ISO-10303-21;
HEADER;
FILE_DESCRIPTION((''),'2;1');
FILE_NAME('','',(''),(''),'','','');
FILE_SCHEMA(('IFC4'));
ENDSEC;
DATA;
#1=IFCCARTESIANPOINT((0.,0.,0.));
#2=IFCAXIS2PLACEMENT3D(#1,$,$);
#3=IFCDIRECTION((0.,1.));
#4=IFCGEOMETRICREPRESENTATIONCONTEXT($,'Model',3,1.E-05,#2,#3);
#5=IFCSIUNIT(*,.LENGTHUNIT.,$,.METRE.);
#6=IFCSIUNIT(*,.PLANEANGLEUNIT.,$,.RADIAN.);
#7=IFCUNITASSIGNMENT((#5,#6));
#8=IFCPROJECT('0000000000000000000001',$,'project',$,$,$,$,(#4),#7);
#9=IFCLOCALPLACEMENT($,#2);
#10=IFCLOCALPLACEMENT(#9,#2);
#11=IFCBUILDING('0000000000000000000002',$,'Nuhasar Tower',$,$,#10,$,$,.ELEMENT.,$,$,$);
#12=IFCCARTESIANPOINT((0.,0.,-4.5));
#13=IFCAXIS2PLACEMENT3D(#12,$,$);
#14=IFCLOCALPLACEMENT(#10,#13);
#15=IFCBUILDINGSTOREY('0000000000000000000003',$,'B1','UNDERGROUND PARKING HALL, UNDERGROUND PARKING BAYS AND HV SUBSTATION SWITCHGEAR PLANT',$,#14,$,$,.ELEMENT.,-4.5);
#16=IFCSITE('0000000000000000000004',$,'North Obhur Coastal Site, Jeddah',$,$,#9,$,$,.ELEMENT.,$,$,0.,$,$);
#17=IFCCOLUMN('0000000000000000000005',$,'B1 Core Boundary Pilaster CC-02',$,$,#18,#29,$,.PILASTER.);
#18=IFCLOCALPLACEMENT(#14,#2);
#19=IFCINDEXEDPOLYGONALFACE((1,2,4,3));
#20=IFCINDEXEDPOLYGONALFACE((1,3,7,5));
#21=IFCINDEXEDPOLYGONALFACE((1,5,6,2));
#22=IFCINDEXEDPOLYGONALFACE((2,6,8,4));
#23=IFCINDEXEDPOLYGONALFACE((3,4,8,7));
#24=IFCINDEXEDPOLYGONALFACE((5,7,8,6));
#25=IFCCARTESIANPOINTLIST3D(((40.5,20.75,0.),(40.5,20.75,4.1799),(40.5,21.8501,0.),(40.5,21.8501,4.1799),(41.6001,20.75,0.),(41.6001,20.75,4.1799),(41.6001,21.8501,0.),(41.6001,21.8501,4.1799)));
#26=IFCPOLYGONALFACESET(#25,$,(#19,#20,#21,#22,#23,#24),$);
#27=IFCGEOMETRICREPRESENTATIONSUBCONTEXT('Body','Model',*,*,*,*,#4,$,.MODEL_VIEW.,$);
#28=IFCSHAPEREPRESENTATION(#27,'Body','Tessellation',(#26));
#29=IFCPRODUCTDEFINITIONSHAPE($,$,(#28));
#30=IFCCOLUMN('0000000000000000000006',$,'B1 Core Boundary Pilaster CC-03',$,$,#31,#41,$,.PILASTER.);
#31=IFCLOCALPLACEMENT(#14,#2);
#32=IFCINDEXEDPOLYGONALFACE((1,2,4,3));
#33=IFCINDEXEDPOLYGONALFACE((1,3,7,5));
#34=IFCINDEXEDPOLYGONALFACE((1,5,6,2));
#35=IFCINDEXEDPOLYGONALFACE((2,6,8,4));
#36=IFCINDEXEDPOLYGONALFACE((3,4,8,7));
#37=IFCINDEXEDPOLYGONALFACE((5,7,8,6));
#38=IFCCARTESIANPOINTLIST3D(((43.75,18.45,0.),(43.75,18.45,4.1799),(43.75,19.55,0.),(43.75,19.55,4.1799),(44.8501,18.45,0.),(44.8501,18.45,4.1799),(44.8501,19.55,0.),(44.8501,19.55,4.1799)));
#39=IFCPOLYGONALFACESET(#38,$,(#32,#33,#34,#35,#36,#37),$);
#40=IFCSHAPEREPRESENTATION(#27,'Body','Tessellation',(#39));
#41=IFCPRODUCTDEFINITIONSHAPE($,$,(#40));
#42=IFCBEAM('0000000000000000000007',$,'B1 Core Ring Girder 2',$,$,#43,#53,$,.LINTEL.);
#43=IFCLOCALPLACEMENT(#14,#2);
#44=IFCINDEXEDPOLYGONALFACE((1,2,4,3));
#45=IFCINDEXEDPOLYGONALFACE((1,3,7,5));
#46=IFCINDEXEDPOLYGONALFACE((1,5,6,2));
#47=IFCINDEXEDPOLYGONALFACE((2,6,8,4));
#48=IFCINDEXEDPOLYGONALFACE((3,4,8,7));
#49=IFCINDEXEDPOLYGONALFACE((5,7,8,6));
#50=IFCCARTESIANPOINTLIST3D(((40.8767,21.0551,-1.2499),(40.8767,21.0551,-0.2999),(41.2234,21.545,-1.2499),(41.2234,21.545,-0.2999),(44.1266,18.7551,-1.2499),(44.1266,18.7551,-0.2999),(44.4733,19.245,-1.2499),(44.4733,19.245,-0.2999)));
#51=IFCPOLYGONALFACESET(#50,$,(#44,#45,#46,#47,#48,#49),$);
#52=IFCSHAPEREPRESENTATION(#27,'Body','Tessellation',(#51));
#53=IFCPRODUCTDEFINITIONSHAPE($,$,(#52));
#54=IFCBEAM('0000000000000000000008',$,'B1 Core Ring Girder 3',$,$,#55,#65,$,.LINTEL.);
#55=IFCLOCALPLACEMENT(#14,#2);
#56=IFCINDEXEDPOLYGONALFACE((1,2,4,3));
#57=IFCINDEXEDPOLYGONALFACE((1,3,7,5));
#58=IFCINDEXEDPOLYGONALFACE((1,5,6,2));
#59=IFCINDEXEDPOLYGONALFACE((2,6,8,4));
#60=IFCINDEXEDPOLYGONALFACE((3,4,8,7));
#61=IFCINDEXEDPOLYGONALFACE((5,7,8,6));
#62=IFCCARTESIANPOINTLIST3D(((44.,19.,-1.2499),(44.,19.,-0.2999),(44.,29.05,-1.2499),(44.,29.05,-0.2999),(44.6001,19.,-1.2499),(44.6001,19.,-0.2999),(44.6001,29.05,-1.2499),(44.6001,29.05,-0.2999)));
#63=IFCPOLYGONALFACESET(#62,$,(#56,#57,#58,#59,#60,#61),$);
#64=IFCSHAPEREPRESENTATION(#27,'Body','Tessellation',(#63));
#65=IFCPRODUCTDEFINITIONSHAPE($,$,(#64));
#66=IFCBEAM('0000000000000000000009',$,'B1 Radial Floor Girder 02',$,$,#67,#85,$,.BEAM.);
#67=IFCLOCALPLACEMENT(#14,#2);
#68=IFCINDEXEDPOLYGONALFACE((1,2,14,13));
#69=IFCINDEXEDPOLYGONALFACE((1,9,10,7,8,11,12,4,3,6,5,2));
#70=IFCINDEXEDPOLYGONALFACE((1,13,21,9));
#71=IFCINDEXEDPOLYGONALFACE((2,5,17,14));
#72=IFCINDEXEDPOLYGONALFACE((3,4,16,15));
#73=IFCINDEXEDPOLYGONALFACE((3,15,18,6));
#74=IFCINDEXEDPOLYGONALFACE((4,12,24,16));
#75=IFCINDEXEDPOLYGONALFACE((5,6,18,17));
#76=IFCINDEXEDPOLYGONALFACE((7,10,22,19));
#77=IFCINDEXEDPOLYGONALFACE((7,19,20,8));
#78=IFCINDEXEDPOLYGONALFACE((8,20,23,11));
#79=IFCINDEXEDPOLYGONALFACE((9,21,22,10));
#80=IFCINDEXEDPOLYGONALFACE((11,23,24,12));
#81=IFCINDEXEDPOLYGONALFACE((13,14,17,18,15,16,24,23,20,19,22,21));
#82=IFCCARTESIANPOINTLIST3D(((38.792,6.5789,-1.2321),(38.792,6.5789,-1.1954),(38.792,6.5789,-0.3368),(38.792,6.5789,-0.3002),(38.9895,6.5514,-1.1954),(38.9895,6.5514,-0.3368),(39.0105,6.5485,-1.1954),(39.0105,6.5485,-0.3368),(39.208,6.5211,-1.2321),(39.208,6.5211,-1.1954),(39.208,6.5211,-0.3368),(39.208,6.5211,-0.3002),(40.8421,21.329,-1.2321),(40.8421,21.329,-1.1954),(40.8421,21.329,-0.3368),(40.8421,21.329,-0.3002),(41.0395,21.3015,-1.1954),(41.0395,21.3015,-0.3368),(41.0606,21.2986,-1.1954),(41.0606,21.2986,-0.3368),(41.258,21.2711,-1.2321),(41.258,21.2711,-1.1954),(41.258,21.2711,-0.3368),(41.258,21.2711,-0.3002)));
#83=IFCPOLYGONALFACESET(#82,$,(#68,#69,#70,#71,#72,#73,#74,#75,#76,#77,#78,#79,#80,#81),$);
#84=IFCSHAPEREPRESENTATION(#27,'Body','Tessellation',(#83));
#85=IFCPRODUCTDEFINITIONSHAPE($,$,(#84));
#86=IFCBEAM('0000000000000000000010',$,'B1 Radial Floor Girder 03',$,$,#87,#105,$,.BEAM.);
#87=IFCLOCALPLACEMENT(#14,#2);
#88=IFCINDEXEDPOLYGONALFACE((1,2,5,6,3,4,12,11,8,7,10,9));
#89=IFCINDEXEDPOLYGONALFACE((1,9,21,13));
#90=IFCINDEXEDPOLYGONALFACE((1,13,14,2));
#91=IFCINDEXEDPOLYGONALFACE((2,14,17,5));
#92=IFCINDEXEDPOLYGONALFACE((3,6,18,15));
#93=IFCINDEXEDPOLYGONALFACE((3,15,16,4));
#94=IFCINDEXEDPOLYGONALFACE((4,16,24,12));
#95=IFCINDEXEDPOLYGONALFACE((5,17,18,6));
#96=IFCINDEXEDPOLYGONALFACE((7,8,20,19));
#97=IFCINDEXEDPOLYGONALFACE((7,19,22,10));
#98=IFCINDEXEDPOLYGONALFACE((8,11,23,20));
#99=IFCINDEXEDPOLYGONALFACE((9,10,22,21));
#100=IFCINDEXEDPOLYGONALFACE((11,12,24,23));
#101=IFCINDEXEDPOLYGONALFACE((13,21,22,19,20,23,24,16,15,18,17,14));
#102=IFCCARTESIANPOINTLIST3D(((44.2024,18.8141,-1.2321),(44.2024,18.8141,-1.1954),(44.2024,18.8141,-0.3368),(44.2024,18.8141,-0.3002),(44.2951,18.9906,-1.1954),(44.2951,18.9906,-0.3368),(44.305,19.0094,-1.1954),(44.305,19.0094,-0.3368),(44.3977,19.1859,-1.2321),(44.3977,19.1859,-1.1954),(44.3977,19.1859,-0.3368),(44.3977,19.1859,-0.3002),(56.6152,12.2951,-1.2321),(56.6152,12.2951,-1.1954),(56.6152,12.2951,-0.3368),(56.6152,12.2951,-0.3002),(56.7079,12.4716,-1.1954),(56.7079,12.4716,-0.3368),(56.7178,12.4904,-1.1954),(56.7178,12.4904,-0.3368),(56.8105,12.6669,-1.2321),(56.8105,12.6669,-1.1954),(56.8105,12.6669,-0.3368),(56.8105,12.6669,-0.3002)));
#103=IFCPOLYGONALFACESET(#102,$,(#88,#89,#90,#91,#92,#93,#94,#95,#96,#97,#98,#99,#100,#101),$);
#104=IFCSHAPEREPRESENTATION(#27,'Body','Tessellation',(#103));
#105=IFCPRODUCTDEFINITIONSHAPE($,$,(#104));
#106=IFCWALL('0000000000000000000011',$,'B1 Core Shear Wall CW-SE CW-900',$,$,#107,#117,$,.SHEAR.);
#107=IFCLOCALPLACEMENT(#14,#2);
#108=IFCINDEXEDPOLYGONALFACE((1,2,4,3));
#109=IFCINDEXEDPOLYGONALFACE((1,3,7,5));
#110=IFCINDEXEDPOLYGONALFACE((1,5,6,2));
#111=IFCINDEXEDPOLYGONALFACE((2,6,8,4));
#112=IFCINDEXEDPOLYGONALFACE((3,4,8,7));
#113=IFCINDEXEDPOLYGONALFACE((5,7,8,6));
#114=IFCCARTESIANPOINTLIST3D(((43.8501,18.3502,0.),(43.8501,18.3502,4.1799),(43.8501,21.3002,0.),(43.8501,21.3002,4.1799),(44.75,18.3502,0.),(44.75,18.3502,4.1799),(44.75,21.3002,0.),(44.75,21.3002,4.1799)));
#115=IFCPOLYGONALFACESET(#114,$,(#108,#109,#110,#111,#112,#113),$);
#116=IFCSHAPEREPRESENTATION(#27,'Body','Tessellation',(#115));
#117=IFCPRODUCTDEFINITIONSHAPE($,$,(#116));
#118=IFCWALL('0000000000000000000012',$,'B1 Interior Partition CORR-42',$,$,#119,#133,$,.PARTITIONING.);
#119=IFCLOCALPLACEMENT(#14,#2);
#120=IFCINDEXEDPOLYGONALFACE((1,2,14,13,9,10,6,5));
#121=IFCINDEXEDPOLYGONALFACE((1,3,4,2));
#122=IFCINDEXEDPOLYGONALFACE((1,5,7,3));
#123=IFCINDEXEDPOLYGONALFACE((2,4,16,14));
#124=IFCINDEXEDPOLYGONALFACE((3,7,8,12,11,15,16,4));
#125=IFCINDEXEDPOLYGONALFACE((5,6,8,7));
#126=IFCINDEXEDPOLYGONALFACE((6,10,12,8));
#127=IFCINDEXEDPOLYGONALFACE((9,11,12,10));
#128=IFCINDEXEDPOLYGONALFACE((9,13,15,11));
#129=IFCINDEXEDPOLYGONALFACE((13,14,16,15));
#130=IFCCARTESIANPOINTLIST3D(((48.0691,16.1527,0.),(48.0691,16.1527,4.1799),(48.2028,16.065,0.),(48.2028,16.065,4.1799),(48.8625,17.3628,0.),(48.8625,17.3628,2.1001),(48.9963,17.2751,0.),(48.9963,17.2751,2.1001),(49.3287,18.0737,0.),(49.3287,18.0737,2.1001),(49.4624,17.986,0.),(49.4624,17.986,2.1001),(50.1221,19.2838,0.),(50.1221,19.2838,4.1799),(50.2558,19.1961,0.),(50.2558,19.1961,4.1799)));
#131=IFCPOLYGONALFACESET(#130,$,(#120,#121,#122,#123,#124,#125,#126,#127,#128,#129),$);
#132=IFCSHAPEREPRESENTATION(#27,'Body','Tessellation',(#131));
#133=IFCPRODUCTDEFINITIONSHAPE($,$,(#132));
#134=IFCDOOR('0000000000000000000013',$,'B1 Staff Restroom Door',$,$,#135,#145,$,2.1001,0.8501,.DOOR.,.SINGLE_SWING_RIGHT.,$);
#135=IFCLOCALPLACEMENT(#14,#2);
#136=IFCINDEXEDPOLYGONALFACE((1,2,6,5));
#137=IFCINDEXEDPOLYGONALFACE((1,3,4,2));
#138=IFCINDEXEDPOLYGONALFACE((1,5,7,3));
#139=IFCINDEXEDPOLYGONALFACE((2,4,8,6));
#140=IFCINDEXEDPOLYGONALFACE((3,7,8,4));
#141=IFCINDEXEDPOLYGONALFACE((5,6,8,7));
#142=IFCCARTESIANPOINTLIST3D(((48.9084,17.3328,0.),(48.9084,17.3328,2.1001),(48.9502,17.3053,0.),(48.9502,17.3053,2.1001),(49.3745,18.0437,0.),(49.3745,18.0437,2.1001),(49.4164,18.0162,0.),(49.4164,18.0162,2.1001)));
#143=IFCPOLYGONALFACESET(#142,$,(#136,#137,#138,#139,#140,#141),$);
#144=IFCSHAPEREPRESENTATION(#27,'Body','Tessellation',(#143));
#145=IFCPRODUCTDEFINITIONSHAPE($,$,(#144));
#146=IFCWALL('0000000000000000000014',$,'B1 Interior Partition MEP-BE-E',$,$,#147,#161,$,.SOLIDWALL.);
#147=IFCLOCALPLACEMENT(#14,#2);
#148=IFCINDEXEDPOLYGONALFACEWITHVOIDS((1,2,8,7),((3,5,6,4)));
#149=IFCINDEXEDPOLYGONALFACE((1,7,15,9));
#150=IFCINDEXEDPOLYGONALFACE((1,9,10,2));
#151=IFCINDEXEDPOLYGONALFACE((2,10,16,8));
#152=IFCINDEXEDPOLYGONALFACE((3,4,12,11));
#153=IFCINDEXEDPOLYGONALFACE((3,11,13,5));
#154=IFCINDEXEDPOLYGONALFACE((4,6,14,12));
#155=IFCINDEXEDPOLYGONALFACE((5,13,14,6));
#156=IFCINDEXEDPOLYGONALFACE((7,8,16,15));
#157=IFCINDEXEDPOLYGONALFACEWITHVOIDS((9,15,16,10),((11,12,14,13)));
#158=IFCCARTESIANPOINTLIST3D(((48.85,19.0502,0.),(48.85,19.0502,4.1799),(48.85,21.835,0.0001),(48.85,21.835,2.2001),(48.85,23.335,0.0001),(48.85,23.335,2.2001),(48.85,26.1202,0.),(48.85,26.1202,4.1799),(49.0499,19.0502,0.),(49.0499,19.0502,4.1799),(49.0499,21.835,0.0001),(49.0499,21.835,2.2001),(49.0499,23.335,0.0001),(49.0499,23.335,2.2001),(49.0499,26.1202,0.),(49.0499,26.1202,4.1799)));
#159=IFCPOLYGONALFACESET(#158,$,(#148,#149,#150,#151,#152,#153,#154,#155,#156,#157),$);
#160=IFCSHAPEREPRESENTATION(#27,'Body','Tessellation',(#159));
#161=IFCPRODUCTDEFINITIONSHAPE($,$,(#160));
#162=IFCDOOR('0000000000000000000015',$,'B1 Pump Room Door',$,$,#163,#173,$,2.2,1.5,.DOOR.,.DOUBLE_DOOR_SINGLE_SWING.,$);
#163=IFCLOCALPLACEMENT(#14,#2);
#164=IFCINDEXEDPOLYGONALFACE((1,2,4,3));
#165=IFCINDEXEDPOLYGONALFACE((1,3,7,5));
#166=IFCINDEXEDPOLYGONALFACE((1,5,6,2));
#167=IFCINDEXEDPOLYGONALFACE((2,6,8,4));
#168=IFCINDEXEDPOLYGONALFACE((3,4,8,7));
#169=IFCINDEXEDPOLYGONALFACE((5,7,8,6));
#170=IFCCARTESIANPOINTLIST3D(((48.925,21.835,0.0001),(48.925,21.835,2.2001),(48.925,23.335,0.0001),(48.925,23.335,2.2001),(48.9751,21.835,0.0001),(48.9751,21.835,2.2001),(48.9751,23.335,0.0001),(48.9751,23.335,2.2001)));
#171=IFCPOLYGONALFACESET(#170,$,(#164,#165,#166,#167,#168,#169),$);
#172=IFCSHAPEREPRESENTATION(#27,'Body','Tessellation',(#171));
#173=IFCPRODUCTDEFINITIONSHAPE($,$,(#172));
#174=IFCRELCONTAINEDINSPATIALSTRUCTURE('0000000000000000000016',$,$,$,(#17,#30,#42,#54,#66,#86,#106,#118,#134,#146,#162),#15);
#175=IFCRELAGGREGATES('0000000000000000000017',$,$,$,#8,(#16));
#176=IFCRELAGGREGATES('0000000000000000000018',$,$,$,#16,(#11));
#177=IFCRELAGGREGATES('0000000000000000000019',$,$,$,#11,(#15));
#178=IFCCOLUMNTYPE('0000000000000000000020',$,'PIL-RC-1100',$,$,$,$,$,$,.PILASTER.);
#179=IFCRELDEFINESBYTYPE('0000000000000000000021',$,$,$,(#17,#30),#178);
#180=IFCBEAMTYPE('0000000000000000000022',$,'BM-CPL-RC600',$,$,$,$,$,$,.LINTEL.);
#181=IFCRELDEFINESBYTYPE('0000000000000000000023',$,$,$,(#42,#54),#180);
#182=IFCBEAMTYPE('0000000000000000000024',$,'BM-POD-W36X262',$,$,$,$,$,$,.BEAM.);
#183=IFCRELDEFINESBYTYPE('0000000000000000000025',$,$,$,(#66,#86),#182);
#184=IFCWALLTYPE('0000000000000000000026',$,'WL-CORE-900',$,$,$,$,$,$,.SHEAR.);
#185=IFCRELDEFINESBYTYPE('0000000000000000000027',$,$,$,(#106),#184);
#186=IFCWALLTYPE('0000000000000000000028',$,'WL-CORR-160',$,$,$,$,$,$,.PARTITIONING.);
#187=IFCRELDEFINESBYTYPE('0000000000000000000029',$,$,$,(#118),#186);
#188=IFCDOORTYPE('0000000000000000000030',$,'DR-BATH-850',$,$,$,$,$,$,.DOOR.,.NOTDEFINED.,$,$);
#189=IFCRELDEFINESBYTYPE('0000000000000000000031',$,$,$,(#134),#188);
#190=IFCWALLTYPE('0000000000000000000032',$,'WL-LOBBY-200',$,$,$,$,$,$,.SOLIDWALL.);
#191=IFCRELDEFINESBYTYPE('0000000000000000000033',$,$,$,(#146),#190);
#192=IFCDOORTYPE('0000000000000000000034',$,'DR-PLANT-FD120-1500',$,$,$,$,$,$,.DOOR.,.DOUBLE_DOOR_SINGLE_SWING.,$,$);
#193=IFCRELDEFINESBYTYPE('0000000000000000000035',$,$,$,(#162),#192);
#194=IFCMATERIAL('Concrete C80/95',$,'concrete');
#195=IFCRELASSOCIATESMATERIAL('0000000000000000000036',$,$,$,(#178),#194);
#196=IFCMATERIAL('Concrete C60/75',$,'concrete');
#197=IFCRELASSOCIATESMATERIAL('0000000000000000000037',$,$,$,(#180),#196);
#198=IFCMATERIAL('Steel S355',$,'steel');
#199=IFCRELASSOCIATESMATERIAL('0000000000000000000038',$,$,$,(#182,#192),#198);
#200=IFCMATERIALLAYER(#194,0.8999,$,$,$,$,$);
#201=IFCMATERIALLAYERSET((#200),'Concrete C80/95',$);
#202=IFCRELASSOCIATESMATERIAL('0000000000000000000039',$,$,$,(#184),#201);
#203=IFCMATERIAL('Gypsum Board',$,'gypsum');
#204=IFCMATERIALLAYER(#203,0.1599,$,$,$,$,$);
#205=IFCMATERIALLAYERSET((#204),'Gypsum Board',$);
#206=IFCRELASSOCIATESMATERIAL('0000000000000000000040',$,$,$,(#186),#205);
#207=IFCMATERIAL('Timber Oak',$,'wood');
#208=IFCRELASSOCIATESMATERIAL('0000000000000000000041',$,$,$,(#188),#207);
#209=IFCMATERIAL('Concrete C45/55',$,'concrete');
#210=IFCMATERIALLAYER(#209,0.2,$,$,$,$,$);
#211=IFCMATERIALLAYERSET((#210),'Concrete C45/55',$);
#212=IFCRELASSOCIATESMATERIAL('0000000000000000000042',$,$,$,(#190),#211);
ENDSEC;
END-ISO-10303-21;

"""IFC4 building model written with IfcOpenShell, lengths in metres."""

from ifc_helpers import new_model, si_unit, direction, frame, frame_2d, origin, origin_2d, place, context, subcontext, project, spatial, rectangle, i_section, extrude, material, layer, layer_set, material_profile, profile_set, type_object, element, fill, save


model = new_model("IFC4")

# Units and contexts
model_context = context("Model", 3, precision=1e-05, world=origin(), true_north=direction((0.0, 1.0)))
body_context = subcontext(model_context, "Body", "Model", "MODEL_VIEW")
ifc_project = project(units=[si_unit("LENGTHUNIT", "METRE"), si_unit("PLANEANGLEUNIT", "RADIAN")], contexts=[model_context])

# Site, building, storey
site_placement = place(None, origin())
site = spatial("IfcSite", under=ifc_project, at=site_placement, Name="North Obhur Coastal Site, Jeddah", CompositionType="ELEMENT", RefElevation=0.0)
building_placement = place(site_placement, origin())
building = spatial("IfcBuilding", under=site, at=building_placement, Name="Nuhasar Tower", CompositionType="ELEMENT")
storey_placement = place(building_placement, frame((0.0, 0.0, -4.5)))
storey = spatial("IfcBuildingStorey", under=building, at=storey_placement, Name="B1", Description="UNDERGROUND PARKING HALL, UNDERGROUND PARKING BAYS AND HV SUBSTATION SWITCHGEAR PLANT", CompositionType="ELEMENT", Elevation=-4.5)

# Columns
ifc_material_1 = material(Name="Concrete C80/95", Category="concrete")
ifc_material_profile_1 = material_profile(ifc_material_1, rectangle(XDim=1.1001, YDim=1.1001, at=origin_2d()), Name="RC1100X1100")
ifc_profile_set_1 = profile_set([ifc_material_profile_1], Name="Concrete C80/95")
column_type = type_object("IfcColumnType", Name="PIL-RC-1100", PredefinedType="PILASTER", material=ifc_profile_set_1)
for number, where, z_axis, x_axis, name in (
    (1, (41.05, 21.3, 0.0), (0.0, 0.0, 1.0), (1.0, 0.0, 0.0), "B1 Core Boundary Pilaster CC-02"),
    (2, (44.3, 19.0, 0.0), (0.0, 0.0, 1.0), (1.0, 0.0, 0.0), "B1 Core Boundary Pilaster CC-03"),
):
    element("IfcColumn", number, at=place(storey_placement, frame(where, z_axis=z_axis, x_axis=x_axis)), inside=storey, type_object=column_type, Name=name, PredefinedType="PILASTER", context=body_context, shape_type="SweptSolid", body=[
        extrude(rectangle(XDim=1.1001, YDim=1.1001, at=origin_2d()), origin(), (0.0, 0.0, 1.0), 4.1799),
    ])

# Beams
ifc_material_2 = material(Name="Concrete C60/75", Category="concrete")
ifc_material_profile_2 = material_profile(ifc_material_2, rectangle(XDim=0.6001, YDim=0.95, at=origin_2d()), Name="RC600X950")
ifc_profile_set_2 = profile_set([ifc_material_profile_2], Name="Concrete C60/75")
beam_type_1 = type_object("IfcBeamType", Name="BM-CPL-RC600", PredefinedType="LINTEL", material=ifc_profile_set_2)
beam_1_placement = place(storey_placement, frame((41.05, 21.3, -0.7749), z_axis=(0.816265, -0.577677, 0.0), x_axis=(0.577677, 0.816265, 0.0)))
element("IfcBeam", 3, at=beam_1_placement, inside=storey, type_object=beam_type_1, Name="B1 Core Ring Girder 2", PredefinedType="LINTEL", context=body_context, shape_type="SweptSolid", body=[
    extrude(rectangle(XDim=0.6001, YDim=0.95, at=origin_2d()), origin(), (0.0, 0.0, 1.0), 3.9814),
])
beam_2_placement = place(storey_placement, frame((44.3, 19.0, -0.7749), z_axis=(0.0, 1.0, 0.0), x_axis=(-1.0, 0.0, 0.0)))
element("IfcBeam", 4, at=beam_2_placement, inside=storey, type_object=beam_type_1, Name="B1 Core Ring Girder 3", PredefinedType="LINTEL", context=body_context, shape_type="SweptSolid", body=[
    extrude(rectangle(XDim=0.6001, YDim=0.95, at=origin_2d()), origin(), (0.0, 0.0, 1.0), 10.05),
])
ifc_material_3 = material(Name="Steel S355", Category="steel")
ifc_material_profile_3 = material_profile(ifc_material_3, i_section(OverallWidth=0.4199, OverallDepth=0.9319, WebThickness=0.0212, FlangeThickness=0.0366, at=origin_2d()), Name="W36X262")
ifc_profile_set_3 = profile_set([ifc_material_profile_3], Name="Steel S355")
beam_type_2 = type_object("IfcBeamType", Name="BM-POD-W36X262", PredefinedType="BEAM", material=ifc_profile_set_3)
beam_3_placement = place(storey_placement, frame((41.05, 21.3, -0.7661), z_axis=(-0.137663, -0.990479, 0.0), x_axis=(0.990479, -0.137663, 0.0)))
element("IfcBeam", 5, at=beam_3_placement, inside=storey, type_object=beam_type_2, Name="B1 Radial Floor Girder 02", PredefinedType="BEAM", context=body_context, shape_type="SweptSolid", body=[
    extrude(i_section(OverallWidth=0.4199, OverallDepth=0.9319, WebThickness=0.0212, FlangeThickness=0.0366, at=origin_2d()), origin(), (0.0, 0.0, 1.0), 14.8918),
])
beam_4_placement = place(storey_placement, frame((44.3, 19.0, -0.7661), z_axis=(0.88533, -0.464963, 0.0), x_axis=(0.464963, 0.88533, 0.0)))
element("IfcBeam", 6, at=beam_4_placement, inside=storey, type_object=beam_type_2, Name="B1 Radial Floor Girder 03", PredefinedType="BEAM", context=body_context, shape_type="SweptSolid", body=[
    extrude(i_section(OverallWidth=0.4199, OverallDepth=0.9319, WebThickness=0.0212, FlangeThickness=0.0366, at=origin_2d()), origin(), (0.0, 0.0, 1.0), 14.0205),
])

# Wall
ifc_layer_1 = layer(ifc_material_1, 0.8999)
ifc_layer_set_1 = layer_set([ifc_layer_1], Name="Concrete C80/95")
wall_type_1 = type_object("IfcWallType", Name="WL-CORE-900", PredefinedType="SHEAR", material=ifc_layer_set_1)
wall_1_placement = place(storey_placement, frame((44.3, 18.3501, 0.0), z_axis=(0.0, 0.0, 1.0), x_axis=(0.0, 1.0, 0.0)))
element("IfcWall", 7, at=wall_1_placement, inside=storey, type_object=wall_type_1, Name="B1 Core Shear Wall CW-SE CW-900", PredefinedType="SHEAR", context=body_context, shape_type="SweptSolid", body=[
    extrude(rectangle(XDim=2.95, YDim=0.8999, at=frame_2d((1.4751, 0.0))), origin(), (0.0, 0.0, 1.0), 4.1799),
])

# Walls, openings, doors
ifc_material_4 = material(Name="Gypsum Board", Category="gypsum")
ifc_layer_2 = layer(ifc_material_4, 0.1599)
ifc_layer_set_2 = layer_set([ifc_layer_2], Name="Gypsum Board")
wall_type_2 = type_object("IfcWallType", Name="WL-CORR-160", PredefinedType="PARTITIONING", material=ifc_layer_set_2)
wall_2_placement = place(storey_placement, frame((50.189, 19.24, 0.0), z_axis=(0.0, 0.0, 1.0), x_axis=(-0.548319, -0.836269, 0.0)))
wall_2 = element("IfcWall", 8, at=wall_2_placement, inside=storey, type_object=wall_type_2, Name="B1 Interior Partition CORR-42", PredefinedType="PARTITIONING", context=body_context, shape_type="SweptSolid", body=[
    extrude(rectangle(XDim=3.7441, YDim=0.1599, at=frame_2d((1.8721, 0.0))), origin(), (0.0, 0.0, 1.0), 4.1799),
])
opening_1_placement = place(wall_2_placement, frame((1.447, 0.0, 0.0)))
opening_1 = element("IfcOpeningElement", 9, at=opening_1_placement, cuts=wall_2, PredefinedType="OPENING", context=body_context, shape_type="SweptSolid", body=[
    extrude(rectangle(XDim=0.8501, YDim=2.1001, at=frame_2d((0.425, 1.05))), frame((0.0, 0.0898, 0.0), z_axis=(0.0, -1.0, 0.0), x_axis=(1.0, 0.0, 0.0)), (0.0, 0.0, 1.0), 0.1799),
])
ifc_material_5 = material(Name="Timber Oak", Category="wood")
door_type_1 = type_object("IfcDoorType", Name="DR-BATH-850", OperationType="NOTDEFINED", PredefinedType="DOOR", material=ifc_material_5)
door_1_placement = place(opening_1_placement, origin())
door_1 = element("IfcDoor", 10, at=door_1_placement, inside=storey, type_object=door_type_1, Name="B1 Staff Restroom Door", OperationType="SINGLE_SWING_RIGHT", OverallHeight=2.1001, OverallWidth=0.8501, PredefinedType="DOOR", context=body_context, shape_type="SweptSolid", body=[
    extrude(rectangle(XDim=0.8501, YDim=2.1001, at=frame_2d((0.425, 1.05))), frame((0.0, 0.0249, 0.0), z_axis=(0.0, -1.0, 0.0), x_axis=(1.0, 0.0, 0.0)), (0.0, 0.0, 1.0), 0.05),
])
fill(opening_1, door_1)
ifc_material_6 = material(Name="Concrete C45/55", Category="concrete")
ifc_layer_3 = layer(ifc_material_6, 0.2)
ifc_layer_set_3 = layer_set([ifc_layer_3], Name="Concrete C45/55")
wall_type_3 = type_object("IfcWallType", Name="WL-LOBBY-200", PredefinedType="SOLIDWALL", material=ifc_layer_set_3)
wall_3_placement = place(storey_placement, frame((48.95, 19.05, 0.0), z_axis=(0.0, 0.0, 1.0), x_axis=(0.0, 1.0, 0.0)))
wall_3 = element("IfcWall", 11, at=wall_3_placement, inside=storey, type_object=wall_type_3, Name="B1 Interior Partition MEP-BE-E", PredefinedType="SOLIDWALL", context=body_context, shape_type="SweptSolid", body=[
    extrude(rectangle(XDim=7.0701, YDim=0.2, at=frame_2d((3.5352, 0.0))), origin(), (0.0, 0.0, 1.0), 4.1799),
])
opening_2_placement = place(wall_3_placement, frame((2.7849, 0.0, 0.0)))
opening_2 = element("IfcOpeningElement", 12, at=opening_2_placement, cuts=wall_3, PredefinedType="OPENING", context=body_context, shape_type="SweptSolid", body=[
    extrude(rectangle(XDim=1.5, YDim=2.2, at=frame_2d((0.75, 1.1001))), frame((0.0, 0.1099, 0.0), z_axis=(0.0, -1.0, 0.0), x_axis=(1.0, 0.0, 0.0)), (0.0, 0.0, 1.0), 0.22),
])
door_type_2 = type_object("IfcDoorType", Name="DR-PLANT-FD120-1500", OperationType="DOUBLE_DOOR_SINGLE_SWING", PredefinedType="DOOR", material=ifc_material_3)
door_2_placement = place(opening_2_placement, origin())
door_2 = element("IfcDoor", 13, at=door_2_placement, inside=storey, type_object=door_type_2, Name="B1 Pump Room Door", OperationType="DOUBLE_DOOR_SINGLE_SWING", OverallHeight=2.2, OverallWidth=1.5, PredefinedType="DOOR", context=body_context, shape_type="SweptSolid", body=[
    extrude(rectangle(XDim=1.5, YDim=2.2, at=frame_2d((0.75, 1.1001))), frame((0.0, 0.0249, 0.0), z_axis=(0.0, -1.0, 0.0), x_axis=(1.0, 0.0, 0.0)), (0.0, 0.0, 1.0), 0.05),
])
fill(opening_2, door_2)

save(model, "model.ifc")
